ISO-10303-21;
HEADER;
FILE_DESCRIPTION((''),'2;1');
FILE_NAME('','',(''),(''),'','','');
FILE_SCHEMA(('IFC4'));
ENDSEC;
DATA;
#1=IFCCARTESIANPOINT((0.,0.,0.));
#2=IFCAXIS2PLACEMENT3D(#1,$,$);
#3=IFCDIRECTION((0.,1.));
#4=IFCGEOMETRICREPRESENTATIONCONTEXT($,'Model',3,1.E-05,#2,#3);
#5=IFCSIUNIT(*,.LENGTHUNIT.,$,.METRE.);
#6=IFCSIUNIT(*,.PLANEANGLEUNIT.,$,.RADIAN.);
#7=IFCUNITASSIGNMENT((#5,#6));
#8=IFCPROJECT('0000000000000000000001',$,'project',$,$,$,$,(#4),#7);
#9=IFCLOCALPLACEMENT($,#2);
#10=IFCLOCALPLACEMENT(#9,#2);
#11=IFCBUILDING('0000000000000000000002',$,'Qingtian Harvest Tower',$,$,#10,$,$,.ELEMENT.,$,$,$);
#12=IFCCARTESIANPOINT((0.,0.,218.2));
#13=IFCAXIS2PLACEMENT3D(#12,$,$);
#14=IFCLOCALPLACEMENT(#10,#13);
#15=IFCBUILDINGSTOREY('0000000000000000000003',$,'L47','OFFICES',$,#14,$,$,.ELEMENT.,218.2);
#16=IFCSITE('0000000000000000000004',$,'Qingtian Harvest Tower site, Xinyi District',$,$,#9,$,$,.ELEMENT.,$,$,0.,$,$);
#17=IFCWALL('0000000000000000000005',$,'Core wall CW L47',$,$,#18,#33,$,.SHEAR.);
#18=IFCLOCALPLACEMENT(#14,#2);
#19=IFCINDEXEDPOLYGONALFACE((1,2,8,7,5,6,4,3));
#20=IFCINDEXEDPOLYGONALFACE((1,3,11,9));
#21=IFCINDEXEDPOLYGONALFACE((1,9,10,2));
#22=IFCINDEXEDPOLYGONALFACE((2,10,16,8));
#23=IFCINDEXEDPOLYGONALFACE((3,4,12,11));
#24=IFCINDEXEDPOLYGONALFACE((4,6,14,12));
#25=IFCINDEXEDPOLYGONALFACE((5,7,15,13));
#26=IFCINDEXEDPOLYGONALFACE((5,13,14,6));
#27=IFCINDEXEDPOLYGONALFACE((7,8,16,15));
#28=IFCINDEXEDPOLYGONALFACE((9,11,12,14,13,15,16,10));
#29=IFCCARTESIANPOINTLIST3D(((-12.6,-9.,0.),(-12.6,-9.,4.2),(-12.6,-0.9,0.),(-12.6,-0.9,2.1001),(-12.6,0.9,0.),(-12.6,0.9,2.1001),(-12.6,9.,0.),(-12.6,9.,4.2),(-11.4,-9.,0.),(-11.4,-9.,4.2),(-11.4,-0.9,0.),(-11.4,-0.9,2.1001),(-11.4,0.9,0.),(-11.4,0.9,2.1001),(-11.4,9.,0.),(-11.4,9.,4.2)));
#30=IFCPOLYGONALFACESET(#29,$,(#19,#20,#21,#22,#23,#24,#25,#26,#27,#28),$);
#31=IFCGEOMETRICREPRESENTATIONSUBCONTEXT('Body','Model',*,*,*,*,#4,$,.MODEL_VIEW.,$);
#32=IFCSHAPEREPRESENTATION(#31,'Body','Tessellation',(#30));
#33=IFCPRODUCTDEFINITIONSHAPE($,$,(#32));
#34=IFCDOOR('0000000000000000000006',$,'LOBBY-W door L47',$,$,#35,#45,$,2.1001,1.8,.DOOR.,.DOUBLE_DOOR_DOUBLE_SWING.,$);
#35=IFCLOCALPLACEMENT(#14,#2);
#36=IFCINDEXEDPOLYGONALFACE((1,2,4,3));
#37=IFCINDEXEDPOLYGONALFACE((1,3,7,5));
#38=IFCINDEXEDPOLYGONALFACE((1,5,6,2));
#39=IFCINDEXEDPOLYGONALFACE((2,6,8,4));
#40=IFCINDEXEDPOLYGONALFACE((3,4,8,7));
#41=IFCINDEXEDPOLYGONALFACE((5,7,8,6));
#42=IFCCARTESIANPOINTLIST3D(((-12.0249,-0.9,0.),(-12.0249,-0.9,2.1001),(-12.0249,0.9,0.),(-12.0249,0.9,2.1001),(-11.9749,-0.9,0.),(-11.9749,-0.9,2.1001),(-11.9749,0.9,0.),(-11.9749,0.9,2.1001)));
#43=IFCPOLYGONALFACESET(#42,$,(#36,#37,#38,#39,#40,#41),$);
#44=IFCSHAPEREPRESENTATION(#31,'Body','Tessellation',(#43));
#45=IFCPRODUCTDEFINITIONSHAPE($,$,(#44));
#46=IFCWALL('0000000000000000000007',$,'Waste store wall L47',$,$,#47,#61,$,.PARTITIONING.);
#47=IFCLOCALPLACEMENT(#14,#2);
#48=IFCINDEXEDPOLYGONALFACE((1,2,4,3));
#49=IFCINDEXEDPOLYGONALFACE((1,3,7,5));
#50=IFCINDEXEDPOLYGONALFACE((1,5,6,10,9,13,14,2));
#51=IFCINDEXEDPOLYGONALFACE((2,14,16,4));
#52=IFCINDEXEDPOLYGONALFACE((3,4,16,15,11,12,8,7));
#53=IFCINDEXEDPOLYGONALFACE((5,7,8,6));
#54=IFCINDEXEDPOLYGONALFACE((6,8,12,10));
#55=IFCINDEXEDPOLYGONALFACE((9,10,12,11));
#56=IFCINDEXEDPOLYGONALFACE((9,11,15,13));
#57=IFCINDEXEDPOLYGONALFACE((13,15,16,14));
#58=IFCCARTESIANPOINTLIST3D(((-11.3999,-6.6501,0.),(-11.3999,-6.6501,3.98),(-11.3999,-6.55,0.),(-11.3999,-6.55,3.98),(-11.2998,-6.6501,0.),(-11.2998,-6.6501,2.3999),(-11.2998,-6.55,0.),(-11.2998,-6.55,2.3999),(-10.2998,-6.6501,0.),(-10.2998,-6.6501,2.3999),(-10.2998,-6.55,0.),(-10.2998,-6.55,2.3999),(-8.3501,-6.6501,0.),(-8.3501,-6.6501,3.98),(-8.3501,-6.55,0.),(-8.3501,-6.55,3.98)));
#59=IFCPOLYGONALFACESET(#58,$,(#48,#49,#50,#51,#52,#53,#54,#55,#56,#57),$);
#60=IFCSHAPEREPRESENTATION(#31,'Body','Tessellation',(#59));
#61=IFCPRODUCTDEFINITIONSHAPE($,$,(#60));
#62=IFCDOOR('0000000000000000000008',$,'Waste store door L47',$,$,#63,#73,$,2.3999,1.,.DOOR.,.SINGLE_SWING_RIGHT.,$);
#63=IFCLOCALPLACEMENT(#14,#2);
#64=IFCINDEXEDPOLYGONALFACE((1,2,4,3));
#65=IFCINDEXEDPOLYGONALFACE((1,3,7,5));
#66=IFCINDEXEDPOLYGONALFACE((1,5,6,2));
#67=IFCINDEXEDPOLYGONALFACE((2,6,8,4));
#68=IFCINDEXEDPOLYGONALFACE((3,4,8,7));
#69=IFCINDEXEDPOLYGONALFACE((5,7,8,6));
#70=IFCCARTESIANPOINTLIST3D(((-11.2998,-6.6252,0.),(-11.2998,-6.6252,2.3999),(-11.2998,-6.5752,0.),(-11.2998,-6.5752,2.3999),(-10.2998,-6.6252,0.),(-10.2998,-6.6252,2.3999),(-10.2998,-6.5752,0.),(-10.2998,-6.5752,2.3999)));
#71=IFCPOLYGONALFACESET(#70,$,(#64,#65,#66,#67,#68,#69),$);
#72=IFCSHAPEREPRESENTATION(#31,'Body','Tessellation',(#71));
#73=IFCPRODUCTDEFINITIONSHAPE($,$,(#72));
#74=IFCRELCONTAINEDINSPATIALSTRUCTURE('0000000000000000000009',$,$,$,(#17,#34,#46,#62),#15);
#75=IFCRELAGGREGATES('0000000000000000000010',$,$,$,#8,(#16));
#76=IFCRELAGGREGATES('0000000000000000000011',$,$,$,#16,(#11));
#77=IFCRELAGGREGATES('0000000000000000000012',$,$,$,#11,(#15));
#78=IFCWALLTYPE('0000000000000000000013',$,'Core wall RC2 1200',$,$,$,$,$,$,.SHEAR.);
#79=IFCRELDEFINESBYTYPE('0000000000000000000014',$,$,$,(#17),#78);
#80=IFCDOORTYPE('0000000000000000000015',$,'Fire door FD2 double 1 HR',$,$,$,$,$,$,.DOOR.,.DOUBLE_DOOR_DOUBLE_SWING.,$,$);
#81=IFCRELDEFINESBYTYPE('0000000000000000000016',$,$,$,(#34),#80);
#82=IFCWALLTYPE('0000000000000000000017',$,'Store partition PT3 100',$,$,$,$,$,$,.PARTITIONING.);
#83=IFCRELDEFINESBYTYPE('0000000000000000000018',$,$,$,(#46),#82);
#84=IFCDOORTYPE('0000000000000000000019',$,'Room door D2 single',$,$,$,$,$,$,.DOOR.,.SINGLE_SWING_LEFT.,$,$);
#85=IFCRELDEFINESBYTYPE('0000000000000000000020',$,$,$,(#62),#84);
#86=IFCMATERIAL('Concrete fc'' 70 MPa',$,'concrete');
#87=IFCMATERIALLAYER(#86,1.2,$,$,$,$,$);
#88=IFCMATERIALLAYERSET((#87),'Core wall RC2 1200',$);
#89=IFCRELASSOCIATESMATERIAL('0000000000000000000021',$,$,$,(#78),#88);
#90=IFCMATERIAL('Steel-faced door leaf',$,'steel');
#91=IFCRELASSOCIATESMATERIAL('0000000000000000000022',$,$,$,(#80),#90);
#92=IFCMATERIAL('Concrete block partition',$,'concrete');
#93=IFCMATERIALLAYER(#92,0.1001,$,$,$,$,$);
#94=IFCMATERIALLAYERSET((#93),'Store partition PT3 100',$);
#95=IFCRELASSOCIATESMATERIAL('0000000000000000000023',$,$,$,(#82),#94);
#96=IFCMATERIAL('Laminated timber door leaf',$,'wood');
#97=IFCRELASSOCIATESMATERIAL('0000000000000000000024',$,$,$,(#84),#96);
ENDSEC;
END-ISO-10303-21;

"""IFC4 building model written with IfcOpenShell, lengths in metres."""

from ifc_helpers import new_model, si_unit, direction, frame, frame_2d, origin, place, context, subcontext, project, spatial, rectangle, extrude, material, layer, layer_set, type_object, element, fill, save


model = new_model("IFC4")

# Units and contexts
model_context = context("Model", 3, precision=1e-05, world=origin(), true_north=direction((0.0, 1.0)))
body_context = subcontext(model_context, "Body", "Model", "MODEL_VIEW")
ifc_project = project(units=[si_unit("LENGTHUNIT", "METRE"), si_unit("PLANEANGLEUNIT", "RADIAN")], contexts=[model_context])

# Site, building, storey
site_placement = place(None, origin())
site = spatial("IfcSite", under=ifc_project, at=site_placement, Name="Qingtian Harvest Tower site, Xinyi District", CompositionType="ELEMENT", RefElevation=0.0)
building_placement = place(site_placement, origin())
building = spatial("IfcBuilding", under=site, at=building_placement, Name="Qingtian Harvest Tower", CompositionType="ELEMENT")
storey_placement = place(building_placement, frame((0.0, 0.0, 218.2)))
storey = spatial("IfcBuildingStorey", under=building, at=storey_placement, Name="L47", Description="OFFICES", CompositionType="ELEMENT", Elevation=218.2)

# Walls, openings, doors
ifc_material_1 = material(Name="Concrete fc' 70 MPa", Category="concrete")
ifc_layer_1 = layer(ifc_material_1, 1.2)
ifc_layer_set_1 = layer_set([ifc_layer_1], Name="Core wall RC2 1200")
wall_type_1 = type_object("IfcWallType", Name="Core wall RC2 1200", PredefinedType="SHEAR", material=ifc_layer_set_1)
wall_1_placement = place(storey_placement, frame((-12.0, -9.0, 0.0), z_axis=(0.0, 0.0, 1.0), x_axis=(0.0, 1.0, 0.0)))
wall_1 = element("IfcWall", 1, at=wall_1_placement, inside=storey, type_object=wall_type_1, Name="Core wall CW L47", PredefinedType="SHEAR", context=body_context, shape_type="SweptSolid", body=[
    extrude(rectangle(XDim=18.0, YDim=1.2, at=frame_2d((9.0, 0.0))), origin(), (0.0, 0.0, 1.0), 4.2),
])
opening_1_placement = place(wall_1_placement, frame((8.1001, 0.0, 0.0)))
opening_1 = element("IfcOpeningElement", 2, at=opening_1_placement, cuts=wall_1, PredefinedType="OPENING", context=body_context, shape_type="SweptSolid", body=[
    extrude(rectangle(XDim=1.8, YDim=2.1001, at=frame_2d((0.8999, 1.05))), frame((0.0, 0.6099, 0.0), z_axis=(0.0, -1.0, 0.0), x_axis=(1.0, 0.0, 0.0)), (0.0, 0.0, 1.0), 1.22),
])
ifc_material_2 = material(Name="Steel-faced door leaf", Category="steel")
door_type_1 = type_object("IfcDoorType", Name="Fire door FD2 double 1 HR", OperationType="DOUBLE_DOOR_DOUBLE_SWING", PredefinedType="DOOR", material=ifc_material_2)
door_1_placement = place(opening_1_placement, origin())
door_1 = element("IfcDoor", 3, at=door_1_placement, inside=storey, type_object=door_type_1, Name="LOBBY-W door L47", OperationType="DOUBLE_DOOR_DOUBLE_SWING", OverallHeight=2.1001, OverallWidth=1.8, PredefinedType="DOOR", context=body_context, shape_type="SweptSolid", body=[
    extrude(rectangle(XDim=1.8, YDim=2.1001, at=frame_2d((0.8999, 1.05))), frame((0.0, 0.0249, 0.0), z_axis=(0.0, -1.0, 0.0), x_axis=(1.0, 0.0, 0.0)), (0.0, 0.0, 1.0), 0.05),
])
fill(opening_1, door_1)
ifc_material_3 = material(Name="Concrete block partition", Category="concrete")
ifc_layer_2 = layer(ifc_material_3, 0.1001)
ifc_layer_set_2 = layer_set([ifc_layer_2], Name="Store partition PT3 100")
wall_type_2 = type_object("IfcWallType", Name="Store partition PT3 100", PredefinedType="PARTITIONING", material=ifc_layer_set_2)
wall_2_placement = place(storey_placement, frame((-11.3999, -6.6001, 0.0), z_axis=(0.0, 0.0, 1.0), x_axis=(1.0, 0.0, 0.0)))
wall_2 = element("IfcWall", 4, at=wall_2_placement, inside=storey, type_object=wall_type_2, Name="Waste store wall L47", PredefinedType="PARTITIONING", context=body_context, shape_type="SweptSolid", body=[
    extrude(rectangle(XDim=3.0498, YDim=0.1001, at=frame_2d((1.5249, 0.0))), origin(), (0.0, 0.0, 1.0), 3.98),
])
opening_2_placement = place(wall_2_placement, frame((0.1001, 0.0, 0.0)))
opening_2 = element("IfcOpeningElement", 5, at=opening_2_placement, cuts=wall_2, PredefinedType="OPENING", context=body_context, shape_type="SweptSolid", body=[
    extrude(rectangle(XDim=1.0, YDim=2.3999, at=frame_2d((0.5, 1.2))), frame((0.0, 0.0601, 0.0), z_axis=(0.0, -1.0, 0.0), x_axis=(1.0, 0.0, 0.0)), (0.0, 0.0, 1.0), 0.1201),
])
ifc_material_4 = material(Name="Laminated timber door leaf", Category="wood")
door_type_2 = type_object("IfcDoorType", Name="Room door D2 single", OperationType="SINGLE_SWING_LEFT", PredefinedType="DOOR", material=ifc_material_4)
door_2_placement = place(opening_2_placement, origin())
door_2 = element("IfcDoor", 6, at=door_2_placement, inside=storey, type_object=door_type_2, Name="Waste store door L47", OperationType="SINGLE_SWING_RIGHT", OverallHeight=2.3999, OverallWidth=1.0, PredefinedType="DOOR", context=body_context, shape_type="SweptSolid", body=[
    extrude(rectangle(XDim=1.0, YDim=2.3999, at=frame_2d((0.5, 1.2))), frame((0.0, 0.0249, 0.0), z_axis=(0.0, -1.0, 0.0), x_axis=(1.0, 0.0, 0.0)), (0.0, 0.0, 1.0), 0.05),
])
fill(opening_2, door_2)

save(model, "model.ifc")
